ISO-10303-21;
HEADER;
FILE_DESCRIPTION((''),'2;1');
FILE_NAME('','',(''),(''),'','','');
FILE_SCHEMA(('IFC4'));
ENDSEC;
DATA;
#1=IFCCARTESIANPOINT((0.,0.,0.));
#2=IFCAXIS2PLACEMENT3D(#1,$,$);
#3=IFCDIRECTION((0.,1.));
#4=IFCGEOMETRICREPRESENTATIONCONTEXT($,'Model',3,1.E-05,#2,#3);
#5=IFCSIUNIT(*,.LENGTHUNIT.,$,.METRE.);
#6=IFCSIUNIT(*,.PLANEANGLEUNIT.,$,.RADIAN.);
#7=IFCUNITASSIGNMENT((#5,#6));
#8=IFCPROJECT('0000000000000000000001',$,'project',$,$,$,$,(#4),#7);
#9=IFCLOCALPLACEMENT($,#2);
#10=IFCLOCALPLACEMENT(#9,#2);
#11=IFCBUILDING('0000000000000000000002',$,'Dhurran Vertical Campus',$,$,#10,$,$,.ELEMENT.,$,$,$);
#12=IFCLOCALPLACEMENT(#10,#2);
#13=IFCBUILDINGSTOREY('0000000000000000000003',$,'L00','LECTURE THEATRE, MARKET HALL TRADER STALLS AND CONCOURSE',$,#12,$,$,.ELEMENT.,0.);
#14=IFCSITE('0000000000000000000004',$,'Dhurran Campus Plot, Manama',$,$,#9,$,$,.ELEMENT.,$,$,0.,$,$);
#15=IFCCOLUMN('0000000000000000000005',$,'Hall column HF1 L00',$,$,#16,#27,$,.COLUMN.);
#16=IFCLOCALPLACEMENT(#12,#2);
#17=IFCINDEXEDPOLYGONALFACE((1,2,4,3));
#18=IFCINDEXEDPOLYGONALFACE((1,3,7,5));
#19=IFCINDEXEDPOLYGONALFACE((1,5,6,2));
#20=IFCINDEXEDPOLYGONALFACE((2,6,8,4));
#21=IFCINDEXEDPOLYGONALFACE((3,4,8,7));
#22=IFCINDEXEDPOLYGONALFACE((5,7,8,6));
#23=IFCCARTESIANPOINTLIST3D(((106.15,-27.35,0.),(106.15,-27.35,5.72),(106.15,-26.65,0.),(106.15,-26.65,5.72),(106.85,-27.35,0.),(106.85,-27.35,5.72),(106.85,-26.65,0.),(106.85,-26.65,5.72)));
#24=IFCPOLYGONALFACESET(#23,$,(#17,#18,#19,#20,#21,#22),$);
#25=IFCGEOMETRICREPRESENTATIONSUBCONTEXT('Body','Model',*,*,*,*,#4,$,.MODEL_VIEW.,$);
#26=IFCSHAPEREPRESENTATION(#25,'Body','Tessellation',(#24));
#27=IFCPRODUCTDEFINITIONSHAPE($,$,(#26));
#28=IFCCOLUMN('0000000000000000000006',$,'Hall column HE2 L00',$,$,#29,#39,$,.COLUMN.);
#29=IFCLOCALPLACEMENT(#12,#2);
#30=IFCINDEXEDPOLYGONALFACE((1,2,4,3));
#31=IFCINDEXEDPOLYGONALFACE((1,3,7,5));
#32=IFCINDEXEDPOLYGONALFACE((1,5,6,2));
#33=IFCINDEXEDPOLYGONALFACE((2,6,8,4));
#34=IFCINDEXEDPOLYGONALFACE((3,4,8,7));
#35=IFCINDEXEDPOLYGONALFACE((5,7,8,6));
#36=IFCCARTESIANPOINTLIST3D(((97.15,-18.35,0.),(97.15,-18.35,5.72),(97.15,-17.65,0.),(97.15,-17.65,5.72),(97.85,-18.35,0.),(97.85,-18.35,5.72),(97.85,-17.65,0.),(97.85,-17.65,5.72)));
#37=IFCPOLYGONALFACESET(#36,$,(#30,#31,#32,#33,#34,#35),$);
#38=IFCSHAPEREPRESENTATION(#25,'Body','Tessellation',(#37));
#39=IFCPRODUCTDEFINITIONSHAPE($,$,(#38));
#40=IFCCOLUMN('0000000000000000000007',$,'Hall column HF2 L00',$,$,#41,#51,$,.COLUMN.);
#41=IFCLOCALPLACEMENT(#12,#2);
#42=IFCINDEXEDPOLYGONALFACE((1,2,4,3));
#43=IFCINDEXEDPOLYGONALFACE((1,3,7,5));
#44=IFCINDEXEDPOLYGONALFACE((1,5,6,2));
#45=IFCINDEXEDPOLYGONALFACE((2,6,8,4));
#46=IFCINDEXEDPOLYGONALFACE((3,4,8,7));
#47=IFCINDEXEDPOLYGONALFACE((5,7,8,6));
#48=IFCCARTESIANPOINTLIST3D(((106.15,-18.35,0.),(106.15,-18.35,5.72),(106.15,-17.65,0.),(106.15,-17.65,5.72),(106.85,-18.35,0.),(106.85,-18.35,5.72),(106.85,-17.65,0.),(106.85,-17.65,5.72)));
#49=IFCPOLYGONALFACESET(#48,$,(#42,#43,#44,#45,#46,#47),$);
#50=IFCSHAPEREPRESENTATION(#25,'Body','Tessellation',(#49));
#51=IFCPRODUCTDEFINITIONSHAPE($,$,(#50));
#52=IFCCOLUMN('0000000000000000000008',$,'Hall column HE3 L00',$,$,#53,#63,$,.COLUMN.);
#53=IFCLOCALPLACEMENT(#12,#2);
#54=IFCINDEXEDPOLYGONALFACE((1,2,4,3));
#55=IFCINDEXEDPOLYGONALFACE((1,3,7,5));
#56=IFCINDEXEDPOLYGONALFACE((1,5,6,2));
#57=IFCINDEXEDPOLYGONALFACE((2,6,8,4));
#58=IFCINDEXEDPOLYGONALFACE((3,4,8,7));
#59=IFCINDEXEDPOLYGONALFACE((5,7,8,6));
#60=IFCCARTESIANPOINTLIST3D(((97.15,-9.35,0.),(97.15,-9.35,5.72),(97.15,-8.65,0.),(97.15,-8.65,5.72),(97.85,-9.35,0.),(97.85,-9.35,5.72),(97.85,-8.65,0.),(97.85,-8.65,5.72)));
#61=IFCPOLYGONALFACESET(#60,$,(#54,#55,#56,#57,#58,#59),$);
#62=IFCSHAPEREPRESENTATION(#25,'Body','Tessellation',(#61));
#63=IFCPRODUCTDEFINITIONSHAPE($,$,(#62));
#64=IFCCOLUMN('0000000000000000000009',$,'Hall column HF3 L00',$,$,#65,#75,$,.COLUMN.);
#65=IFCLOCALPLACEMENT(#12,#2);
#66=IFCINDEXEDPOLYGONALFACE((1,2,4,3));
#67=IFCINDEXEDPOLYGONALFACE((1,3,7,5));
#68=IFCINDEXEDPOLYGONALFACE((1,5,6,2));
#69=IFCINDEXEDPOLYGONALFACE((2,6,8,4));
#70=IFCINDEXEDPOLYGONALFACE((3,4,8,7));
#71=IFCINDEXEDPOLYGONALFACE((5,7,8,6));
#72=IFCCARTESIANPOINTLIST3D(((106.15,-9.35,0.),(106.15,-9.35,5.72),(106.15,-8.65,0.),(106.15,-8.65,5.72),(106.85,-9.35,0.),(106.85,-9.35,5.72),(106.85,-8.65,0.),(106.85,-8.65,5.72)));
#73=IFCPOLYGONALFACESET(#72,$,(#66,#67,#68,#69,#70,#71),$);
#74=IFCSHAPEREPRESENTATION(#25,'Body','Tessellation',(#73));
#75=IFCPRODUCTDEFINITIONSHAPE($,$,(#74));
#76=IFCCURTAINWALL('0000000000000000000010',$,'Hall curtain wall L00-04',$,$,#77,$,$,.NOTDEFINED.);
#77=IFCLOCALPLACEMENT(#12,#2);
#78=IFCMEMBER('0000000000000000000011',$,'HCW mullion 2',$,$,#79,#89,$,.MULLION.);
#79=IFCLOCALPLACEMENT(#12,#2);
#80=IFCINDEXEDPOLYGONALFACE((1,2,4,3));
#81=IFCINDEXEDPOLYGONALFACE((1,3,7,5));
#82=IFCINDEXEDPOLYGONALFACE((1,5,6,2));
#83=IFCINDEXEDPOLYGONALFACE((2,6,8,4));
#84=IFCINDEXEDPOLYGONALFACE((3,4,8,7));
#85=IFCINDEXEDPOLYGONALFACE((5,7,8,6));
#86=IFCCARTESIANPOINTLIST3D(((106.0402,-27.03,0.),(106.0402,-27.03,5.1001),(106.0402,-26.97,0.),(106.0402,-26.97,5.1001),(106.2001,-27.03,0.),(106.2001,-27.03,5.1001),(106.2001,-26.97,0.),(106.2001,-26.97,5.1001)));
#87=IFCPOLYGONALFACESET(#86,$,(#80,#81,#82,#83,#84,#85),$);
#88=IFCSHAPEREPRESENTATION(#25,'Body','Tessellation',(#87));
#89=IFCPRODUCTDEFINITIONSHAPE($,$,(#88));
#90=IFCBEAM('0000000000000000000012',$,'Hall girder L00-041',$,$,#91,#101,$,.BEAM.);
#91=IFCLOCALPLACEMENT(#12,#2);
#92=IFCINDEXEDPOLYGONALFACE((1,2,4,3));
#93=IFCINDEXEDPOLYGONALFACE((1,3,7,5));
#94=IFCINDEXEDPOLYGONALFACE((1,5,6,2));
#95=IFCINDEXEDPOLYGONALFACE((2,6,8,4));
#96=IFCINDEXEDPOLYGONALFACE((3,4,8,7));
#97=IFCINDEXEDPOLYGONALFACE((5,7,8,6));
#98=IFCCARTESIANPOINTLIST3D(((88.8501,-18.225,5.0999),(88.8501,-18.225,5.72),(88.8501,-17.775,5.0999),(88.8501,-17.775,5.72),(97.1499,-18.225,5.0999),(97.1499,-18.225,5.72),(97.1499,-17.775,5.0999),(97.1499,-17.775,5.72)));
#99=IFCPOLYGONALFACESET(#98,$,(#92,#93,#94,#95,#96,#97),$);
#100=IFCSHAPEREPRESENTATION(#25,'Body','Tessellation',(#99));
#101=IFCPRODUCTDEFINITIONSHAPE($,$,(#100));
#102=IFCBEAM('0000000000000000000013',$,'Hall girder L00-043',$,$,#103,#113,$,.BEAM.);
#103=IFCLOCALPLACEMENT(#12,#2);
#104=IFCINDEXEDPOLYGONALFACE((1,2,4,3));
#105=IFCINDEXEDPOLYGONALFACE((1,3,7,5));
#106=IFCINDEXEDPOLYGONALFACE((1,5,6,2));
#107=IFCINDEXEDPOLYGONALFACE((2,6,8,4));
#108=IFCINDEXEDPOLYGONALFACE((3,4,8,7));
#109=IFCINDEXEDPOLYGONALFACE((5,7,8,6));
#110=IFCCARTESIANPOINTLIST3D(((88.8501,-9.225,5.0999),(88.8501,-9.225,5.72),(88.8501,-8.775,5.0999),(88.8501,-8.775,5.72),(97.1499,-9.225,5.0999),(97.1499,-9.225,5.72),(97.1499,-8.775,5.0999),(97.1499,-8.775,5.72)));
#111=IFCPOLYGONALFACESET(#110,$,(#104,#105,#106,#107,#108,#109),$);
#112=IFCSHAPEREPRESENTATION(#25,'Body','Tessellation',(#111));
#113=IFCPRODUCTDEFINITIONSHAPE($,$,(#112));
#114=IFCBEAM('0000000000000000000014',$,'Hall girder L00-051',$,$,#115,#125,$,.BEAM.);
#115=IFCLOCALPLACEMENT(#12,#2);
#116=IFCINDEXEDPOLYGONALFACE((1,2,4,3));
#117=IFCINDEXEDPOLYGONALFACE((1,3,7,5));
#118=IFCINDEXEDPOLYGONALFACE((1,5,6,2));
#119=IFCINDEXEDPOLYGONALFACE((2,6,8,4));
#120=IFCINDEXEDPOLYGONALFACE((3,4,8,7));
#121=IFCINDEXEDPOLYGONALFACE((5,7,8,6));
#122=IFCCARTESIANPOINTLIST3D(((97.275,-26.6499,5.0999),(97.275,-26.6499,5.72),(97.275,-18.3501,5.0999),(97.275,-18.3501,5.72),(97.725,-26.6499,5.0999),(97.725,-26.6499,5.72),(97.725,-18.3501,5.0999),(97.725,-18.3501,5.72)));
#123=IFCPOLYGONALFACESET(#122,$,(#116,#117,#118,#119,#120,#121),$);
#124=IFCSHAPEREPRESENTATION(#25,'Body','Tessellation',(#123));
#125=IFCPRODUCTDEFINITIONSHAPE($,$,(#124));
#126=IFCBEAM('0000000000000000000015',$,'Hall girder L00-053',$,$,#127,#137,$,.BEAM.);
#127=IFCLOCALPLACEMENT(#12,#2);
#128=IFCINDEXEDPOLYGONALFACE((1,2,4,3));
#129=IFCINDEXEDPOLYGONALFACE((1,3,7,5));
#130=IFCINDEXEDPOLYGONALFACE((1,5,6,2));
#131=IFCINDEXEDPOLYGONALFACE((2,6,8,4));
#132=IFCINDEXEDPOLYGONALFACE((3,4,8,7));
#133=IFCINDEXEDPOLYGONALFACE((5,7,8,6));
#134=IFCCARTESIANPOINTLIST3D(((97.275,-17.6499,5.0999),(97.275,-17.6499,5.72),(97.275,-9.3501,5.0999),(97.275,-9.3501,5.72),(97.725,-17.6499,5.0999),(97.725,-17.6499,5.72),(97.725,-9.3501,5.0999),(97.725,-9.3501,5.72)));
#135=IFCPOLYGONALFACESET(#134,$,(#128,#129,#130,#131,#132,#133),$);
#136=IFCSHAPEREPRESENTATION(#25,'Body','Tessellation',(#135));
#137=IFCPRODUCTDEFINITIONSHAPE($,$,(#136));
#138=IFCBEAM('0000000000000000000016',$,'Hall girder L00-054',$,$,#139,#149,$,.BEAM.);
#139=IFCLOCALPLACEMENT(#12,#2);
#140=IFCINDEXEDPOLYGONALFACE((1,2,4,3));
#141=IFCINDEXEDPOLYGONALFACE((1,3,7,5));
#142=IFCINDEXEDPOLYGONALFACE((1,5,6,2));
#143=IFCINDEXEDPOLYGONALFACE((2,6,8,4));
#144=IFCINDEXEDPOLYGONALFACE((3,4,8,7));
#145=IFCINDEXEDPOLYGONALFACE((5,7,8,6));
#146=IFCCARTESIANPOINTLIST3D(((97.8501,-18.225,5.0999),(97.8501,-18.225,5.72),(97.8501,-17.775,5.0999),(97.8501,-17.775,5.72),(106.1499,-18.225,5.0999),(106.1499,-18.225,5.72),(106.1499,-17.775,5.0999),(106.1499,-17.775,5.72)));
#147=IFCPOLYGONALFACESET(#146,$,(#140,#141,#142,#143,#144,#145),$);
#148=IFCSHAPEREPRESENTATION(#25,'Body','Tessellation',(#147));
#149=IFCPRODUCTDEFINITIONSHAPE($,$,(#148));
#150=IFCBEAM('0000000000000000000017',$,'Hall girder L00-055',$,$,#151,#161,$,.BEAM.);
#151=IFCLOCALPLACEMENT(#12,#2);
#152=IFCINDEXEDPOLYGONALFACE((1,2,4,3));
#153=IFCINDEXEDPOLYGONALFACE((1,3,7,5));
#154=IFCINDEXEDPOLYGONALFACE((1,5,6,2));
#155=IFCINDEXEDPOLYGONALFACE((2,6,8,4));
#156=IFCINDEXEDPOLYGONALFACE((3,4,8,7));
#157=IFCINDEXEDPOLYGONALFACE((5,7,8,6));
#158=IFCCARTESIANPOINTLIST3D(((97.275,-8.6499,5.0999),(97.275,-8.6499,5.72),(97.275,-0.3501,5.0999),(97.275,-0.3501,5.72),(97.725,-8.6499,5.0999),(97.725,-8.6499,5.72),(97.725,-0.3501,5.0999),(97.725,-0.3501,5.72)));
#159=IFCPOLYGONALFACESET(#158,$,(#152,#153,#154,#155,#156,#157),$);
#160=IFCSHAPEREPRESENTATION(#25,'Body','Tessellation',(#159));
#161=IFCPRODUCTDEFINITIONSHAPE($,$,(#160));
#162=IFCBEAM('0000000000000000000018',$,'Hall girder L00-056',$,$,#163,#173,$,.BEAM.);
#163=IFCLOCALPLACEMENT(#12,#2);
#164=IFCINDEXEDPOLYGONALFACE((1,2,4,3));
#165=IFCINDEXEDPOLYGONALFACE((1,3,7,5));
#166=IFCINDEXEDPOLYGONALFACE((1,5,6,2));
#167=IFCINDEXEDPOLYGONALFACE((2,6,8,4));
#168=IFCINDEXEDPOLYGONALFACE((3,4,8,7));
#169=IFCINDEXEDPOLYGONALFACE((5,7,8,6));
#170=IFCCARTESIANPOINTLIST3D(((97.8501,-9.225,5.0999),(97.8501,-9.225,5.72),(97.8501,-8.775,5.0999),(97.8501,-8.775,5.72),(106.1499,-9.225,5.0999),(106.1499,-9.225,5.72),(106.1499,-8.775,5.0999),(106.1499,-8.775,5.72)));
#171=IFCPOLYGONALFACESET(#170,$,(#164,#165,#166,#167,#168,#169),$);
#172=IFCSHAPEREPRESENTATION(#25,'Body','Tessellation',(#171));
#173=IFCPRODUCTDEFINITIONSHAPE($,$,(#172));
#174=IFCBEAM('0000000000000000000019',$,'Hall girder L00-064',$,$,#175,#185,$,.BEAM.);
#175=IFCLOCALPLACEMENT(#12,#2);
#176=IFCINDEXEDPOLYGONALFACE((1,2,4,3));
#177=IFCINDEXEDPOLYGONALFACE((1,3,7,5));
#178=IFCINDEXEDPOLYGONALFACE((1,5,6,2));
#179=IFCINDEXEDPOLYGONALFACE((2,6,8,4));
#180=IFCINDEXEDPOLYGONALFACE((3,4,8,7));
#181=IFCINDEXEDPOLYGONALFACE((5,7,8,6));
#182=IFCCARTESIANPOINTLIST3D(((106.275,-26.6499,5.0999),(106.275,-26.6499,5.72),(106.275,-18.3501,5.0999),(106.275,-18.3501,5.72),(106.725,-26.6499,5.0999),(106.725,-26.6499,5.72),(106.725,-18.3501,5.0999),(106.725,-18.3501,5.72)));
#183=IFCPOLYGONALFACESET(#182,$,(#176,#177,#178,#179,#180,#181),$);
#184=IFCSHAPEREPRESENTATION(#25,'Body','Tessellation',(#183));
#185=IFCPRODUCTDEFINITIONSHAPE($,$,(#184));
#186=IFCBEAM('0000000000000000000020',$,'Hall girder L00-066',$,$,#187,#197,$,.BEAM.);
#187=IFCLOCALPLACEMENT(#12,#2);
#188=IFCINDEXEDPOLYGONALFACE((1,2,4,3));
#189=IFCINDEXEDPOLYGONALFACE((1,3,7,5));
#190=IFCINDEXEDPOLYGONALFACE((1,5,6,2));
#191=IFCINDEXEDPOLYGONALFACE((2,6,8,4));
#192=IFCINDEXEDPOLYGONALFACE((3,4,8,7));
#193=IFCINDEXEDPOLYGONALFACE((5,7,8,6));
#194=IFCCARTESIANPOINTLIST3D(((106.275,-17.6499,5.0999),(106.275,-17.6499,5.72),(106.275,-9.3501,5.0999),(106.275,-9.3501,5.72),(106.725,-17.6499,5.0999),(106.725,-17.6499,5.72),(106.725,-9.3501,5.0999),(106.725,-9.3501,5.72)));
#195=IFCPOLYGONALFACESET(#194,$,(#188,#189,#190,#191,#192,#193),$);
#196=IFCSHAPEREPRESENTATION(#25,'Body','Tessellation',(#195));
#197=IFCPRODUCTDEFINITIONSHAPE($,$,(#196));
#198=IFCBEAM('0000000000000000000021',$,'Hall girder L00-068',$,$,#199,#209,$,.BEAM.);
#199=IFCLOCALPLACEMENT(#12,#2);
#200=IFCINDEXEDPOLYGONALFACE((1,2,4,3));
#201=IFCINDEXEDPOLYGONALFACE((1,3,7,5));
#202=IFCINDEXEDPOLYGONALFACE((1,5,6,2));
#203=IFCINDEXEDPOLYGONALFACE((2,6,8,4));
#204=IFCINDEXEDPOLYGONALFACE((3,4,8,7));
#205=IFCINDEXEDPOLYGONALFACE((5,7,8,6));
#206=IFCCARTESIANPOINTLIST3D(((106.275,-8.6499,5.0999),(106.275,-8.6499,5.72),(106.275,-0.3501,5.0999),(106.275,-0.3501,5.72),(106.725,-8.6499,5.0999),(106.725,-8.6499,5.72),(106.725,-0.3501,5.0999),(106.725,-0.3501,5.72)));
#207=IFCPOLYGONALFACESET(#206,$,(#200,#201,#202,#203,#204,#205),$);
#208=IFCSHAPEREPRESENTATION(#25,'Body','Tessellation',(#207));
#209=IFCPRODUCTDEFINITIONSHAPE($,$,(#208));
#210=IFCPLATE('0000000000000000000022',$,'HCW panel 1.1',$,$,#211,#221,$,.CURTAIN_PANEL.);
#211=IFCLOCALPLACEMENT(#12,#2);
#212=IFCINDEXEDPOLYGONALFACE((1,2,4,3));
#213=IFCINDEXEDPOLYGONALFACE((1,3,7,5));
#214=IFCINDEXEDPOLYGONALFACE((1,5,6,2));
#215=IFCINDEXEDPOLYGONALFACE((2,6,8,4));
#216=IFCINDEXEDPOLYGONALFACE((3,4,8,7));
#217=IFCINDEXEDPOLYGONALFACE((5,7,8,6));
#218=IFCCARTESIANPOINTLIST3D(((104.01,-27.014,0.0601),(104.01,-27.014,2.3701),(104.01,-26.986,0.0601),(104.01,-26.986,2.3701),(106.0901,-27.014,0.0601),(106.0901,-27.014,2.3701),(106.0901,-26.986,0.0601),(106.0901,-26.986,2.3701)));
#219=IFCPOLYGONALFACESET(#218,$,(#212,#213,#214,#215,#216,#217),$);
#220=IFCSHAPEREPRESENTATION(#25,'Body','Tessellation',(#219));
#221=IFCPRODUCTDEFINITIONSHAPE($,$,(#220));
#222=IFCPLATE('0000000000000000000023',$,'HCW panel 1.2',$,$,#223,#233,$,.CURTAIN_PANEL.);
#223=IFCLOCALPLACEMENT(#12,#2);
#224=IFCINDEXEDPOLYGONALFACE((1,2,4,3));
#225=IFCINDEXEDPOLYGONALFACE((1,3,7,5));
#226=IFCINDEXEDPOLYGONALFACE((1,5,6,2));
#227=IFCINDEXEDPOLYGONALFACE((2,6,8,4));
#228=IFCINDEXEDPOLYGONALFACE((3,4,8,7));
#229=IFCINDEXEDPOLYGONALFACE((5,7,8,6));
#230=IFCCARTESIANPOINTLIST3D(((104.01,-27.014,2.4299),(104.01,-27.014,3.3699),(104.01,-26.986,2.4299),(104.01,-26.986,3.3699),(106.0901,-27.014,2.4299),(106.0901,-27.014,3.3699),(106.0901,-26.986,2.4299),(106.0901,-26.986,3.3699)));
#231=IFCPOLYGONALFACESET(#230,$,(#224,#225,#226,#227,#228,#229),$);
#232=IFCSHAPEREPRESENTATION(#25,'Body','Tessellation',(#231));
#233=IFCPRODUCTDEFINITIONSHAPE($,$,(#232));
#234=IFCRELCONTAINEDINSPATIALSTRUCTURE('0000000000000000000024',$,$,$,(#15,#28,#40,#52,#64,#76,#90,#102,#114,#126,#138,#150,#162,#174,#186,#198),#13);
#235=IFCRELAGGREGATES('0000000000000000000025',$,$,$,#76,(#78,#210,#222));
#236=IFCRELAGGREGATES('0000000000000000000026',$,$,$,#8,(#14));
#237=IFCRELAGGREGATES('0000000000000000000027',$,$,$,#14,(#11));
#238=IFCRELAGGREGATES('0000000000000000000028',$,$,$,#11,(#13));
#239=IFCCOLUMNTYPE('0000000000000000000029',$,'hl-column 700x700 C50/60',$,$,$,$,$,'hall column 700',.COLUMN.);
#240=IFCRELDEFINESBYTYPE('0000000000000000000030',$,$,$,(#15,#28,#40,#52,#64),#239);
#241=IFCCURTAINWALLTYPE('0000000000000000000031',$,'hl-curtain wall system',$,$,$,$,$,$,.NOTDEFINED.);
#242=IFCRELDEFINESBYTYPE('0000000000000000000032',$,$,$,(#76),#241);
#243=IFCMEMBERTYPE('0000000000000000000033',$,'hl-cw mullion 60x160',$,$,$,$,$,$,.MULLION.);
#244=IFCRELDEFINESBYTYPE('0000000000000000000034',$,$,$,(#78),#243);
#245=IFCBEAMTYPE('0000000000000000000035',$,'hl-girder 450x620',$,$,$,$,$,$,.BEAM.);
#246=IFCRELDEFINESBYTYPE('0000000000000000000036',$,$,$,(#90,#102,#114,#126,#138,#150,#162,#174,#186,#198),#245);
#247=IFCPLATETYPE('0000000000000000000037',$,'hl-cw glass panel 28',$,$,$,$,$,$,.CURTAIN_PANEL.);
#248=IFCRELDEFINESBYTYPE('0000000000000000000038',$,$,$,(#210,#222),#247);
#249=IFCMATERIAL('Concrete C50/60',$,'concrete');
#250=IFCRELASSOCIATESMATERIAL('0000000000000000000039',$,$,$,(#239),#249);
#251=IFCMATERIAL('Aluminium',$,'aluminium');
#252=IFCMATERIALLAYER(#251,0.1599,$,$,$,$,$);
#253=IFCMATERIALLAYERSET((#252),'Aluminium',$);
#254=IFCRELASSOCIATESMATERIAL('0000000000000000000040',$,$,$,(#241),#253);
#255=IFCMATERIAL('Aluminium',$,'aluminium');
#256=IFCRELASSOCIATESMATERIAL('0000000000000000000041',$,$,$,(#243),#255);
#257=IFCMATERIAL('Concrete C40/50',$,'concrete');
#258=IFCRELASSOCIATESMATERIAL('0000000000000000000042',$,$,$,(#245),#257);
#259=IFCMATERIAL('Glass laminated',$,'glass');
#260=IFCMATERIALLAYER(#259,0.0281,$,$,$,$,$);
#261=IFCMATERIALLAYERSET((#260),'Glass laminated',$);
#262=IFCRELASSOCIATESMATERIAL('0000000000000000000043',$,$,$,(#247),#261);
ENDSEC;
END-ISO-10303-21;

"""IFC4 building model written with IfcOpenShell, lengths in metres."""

from ifc_helpers import new_model, si_unit, direction, frame, origin, origin_2d, place, context, subcontext, project, spatial, rectangle, extrude, material, layer, layer_set, material_profile, profile_set, type_object, element, aggregate, save


model = new_model("IFC4")

# Units and contexts
model_context = context("Model", 3, precision=1e-05, world=origin(), true_north=direction((0.0, 1.0)))
body_context = subcontext(model_context, "Body", "Model", "MODEL_VIEW")
ifc_project = project(units=[si_unit("LENGTHUNIT", "METRE"), si_unit("PLANEANGLEUNIT", "RADIAN")], contexts=[model_context])

# Site, building, storey
site_placement = place(None, origin())
site = spatial("IfcSite", under=ifc_project, at=site_placement, Name="Dhurran Campus Plot, Manama", CompositionType="ELEMENT", RefElevation=0.0)
building_placement = place(site_placement, origin())
building = spatial("IfcBuilding", under=site, at=building_placement, Name="Dhurran Vertical Campus", CompositionType="ELEMENT")
storey_placement = place(building_placement, origin())
storey = spatial("IfcBuildingStorey", under=building, at=storey_placement, Name="L00", Description="LECTURE THEATRE, MARKET HALL TRADER STALLS AND CONCOURSE", CompositionType="ELEMENT", Elevation=0.0)

# Columns
ifc_material_1 = material(Name="Concrete C50/60", Category="concrete")
ifc_material_profile_1 = material_profile(ifc_material_1, rectangle(XDim=0.7, YDim=0.7, at=origin_2d()), Name="hl-column 700x700 C50/60")
ifc_profile_set_1 = profile_set([ifc_material_profile_1], Name="Concrete C50/60")
column_type = type_object("IfcColumnType", Name="hl-column 700x700 C50/60", ElementType="hall column 700", PredefinedType="COLUMN", material=ifc_profile_set_1)
for number, where, z_axis, x_axis, name in (
    (1, (106.5, -27.0, 0.0), (0.0, 0.0, 1.0), (1.0, 0.0, 0.0), "Hall column HF1 L00"),
    (2, (97.5, -18.0, 0.0), (0.0, 0.0, 1.0), (1.0, 0.0, 0.0), "Hall column HE2 L00"),
    (3, (106.5, -18.0, 0.0), (0.0, 0.0, 1.0), (1.0, 0.0, 0.0), "Hall column HF2 L00"),
    (4, (97.5, -9.0, 0.0), (0.0, 0.0, 1.0), (1.0, 0.0, 0.0), "Hall column HE3 L00"),
    (5, (106.5, -9.0, 0.0), (0.0, 0.0, 1.0), (1.0, 0.0, 0.0), "Hall column HF3 L00"),
):
    element("IfcColumn", number, at=place(storey_placement, frame(where, z_axis=z_axis, x_axis=x_axis)), inside=storey, type_object=column_type, Name=name, PredefinedType="COLUMN", context=body_context, shape_type="SweptSolid", body=[
        extrude(rectangle(XDim=0.7, YDim=0.7, at=origin_2d()), origin(), (0.0, 0.0, 1.0), 5.72),
    ])

# Curtain wall, member
ifc_material_2 = material(Name="Aluminium", Category="aluminium")
ifc_layer_1 = layer(ifc_material_2, 0.1599)
ifc_layer_set_1 = layer_set([ifc_layer_1], Name="Aluminium")
curtain_wall_type = type_object("IfcCurtainWallType", Name="hl-curtain wall system", PredefinedType="NOTDEFINED", material=ifc_layer_set_1)
curtain_wall_placement = place(storey_placement, origin())
curtain_wall = element("IfcCurtainWall", 6, at=curtain_wall_placement, inside=storey, type_object=curtain_wall_type, Name="Hall curtain wall L00-04", PredefinedType="NOTDEFINED")
ifc_material_3 = material(Name="Aluminium", Category="aluminium")
ifc_material_profile_2 = material_profile(ifc_material_3, rectangle(XDim=0.0601, YDim=0.1599, at=origin_2d()), Name="hl-cw mullion 60x160")
ifc_profile_set_2 = profile_set([ifc_material_profile_2], Name="Aluminium")
member_type = type_object("IfcMemberType", Name="hl-cw mullion 60x160", PredefinedType="MULLION", material=ifc_profile_set_2)
member_placement = place(storey_placement, frame((106.1201, -27.0, 0.0), z_axis=(0.0, 0.0, 1.0), x_axis=(0.0, 1.0, 0.0)))
member = element("IfcMember", 7, at=member_placement, type_object=member_type, Name="HCW mullion 2", PredefinedType="MULLION", context=body_context, shape_type="SweptSolid", body=[
    extrude(rectangle(XDim=0.0601, YDim=0.1599, at=origin_2d()), origin(), (0.0, 0.0, 1.0), 5.1001),
])

# Beams
ifc_material_4 = material(Name="Concrete C40/50", Category="concrete")
ifc_material_profile_3 = material_profile(ifc_material_4, rectangle(XDim=0.45, YDim=0.6201, at=origin_2d()), Name="hl-girder 450x620")
ifc_profile_set_3 = profile_set([ifc_material_profile_3], Name="Concrete C40/50")
beam_type = type_object("IfcBeamType", Name="hl-girder 450x620", PredefinedType="BEAM", material=ifc_profile_set_3)
for number, where, z_axis, x_axis, name in (
    (8, (88.8501, -18.0, 5.4099), (1.0, 0.0, 0.0), (0.0, 1.0, 0.0), "Hall girder L00-041"),
    (9, (88.8501, -9.0, 5.4099), (1.0, 0.0, 0.0), (0.0, 1.0, 0.0), "Hall girder L00-043"),
    (10, (97.5, -26.6499, 5.4099), (0.0, 1.0, 0.0), (-1.0, 0.0, 0.0), "Hall girder L00-051"),
    (11, (97.5, -17.6499, 5.4099), (0.0, 1.0, 0.0), (-1.0, 0.0, 0.0), "Hall girder L00-053"),
    (12, (97.8501, -18.0, 5.4099), (1.0, 0.0, 0.0), (0.0, 1.0, 0.0), "Hall girder L00-054"),
    (13, (97.5, -8.6499, 5.4099), (0.0, 1.0, 0.0), (-1.0, 0.0, 0.0), "Hall girder L00-055"),
    (14, (97.8501, -9.0, 5.4099), (1.0, 0.0, 0.0), (0.0, 1.0, 0.0), "Hall girder L00-056"),
    (15, (106.5, -26.6499, 5.4099), (0.0, 1.0, 0.0), (-1.0, 0.0, 0.0), "Hall girder L00-064"),
    (16, (106.5, -17.6499, 5.4099), (0.0, 1.0, 0.0), (-1.0, 0.0, 0.0), "Hall girder L00-066"),
    (17, (106.5, -8.6499, 5.4099), (0.0, 1.0, 0.0), (-1.0, 0.0, 0.0), "Hall girder L00-068"),
):
    element("IfcBeam", number, at=place(storey_placement, frame(where, z_axis=z_axis, x_axis=x_axis)), inside=storey, type_object=beam_type, Name=name, PredefinedType="BEAM", context=body_context, shape_type="SweptSolid", body=[
        extrude(rectangle(XDim=0.45, YDim=0.6201, at=origin_2d()), origin(), (0.0, 0.0, 1.0), 8.2998),
    ])

# Plates
ifc_material_5 = material(Name="Glass laminated", Category="glass")
ifc_layer_2 = layer(ifc_material_5, 0.0281)
ifc_layer_set_2 = layer_set([ifc_layer_2], Name="Glass laminated")
plate_type = type_object("IfcPlateType", Name="hl-cw glass panel 28", PredefinedType="CURTAIN_PANEL", material=ifc_layer_set_2)
plate_1_placement = place(storey_placement, frame((105.05, -27.0, 0.0601), z_axis=(0.0, 0.0, 1.0), x_axis=(1.0, 0.0, 0.0)))
plate_1 = element("IfcPlate", 18, at=plate_1_placement, type_object=plate_type, Name="HCW panel 1.1", PredefinedType="CURTAIN_PANEL", context=body_context, shape_type="SweptSolid", body=[
    extrude(rectangle(XDim=2.0801, YDim=0.0281, at=origin_2d()), origin(), (0.0, 0.0, 1.0), 2.3101),
])
plate_2_placement = place(storey_placement, frame((105.05, -27.0, 2.4299), z_axis=(0.0, 0.0, 1.0), x_axis=(1.0, 0.0, 0.0)))
plate_2 = element("IfcPlate", 19, at=plate_2_placement, type_object=plate_type, Name="HCW panel 1.2", PredefinedType="CURTAIN_PANEL", context=body_context, shape_type="SweptSolid", body=[
    extrude(rectangle(XDim=2.0801, YDim=0.0281, at=origin_2d()), origin(), (0.0, 0.0, 1.0), 0.9399),
])
aggregate(curtain_wall, [member, plate_1, plate_2])

save(model, "model.ifc")
